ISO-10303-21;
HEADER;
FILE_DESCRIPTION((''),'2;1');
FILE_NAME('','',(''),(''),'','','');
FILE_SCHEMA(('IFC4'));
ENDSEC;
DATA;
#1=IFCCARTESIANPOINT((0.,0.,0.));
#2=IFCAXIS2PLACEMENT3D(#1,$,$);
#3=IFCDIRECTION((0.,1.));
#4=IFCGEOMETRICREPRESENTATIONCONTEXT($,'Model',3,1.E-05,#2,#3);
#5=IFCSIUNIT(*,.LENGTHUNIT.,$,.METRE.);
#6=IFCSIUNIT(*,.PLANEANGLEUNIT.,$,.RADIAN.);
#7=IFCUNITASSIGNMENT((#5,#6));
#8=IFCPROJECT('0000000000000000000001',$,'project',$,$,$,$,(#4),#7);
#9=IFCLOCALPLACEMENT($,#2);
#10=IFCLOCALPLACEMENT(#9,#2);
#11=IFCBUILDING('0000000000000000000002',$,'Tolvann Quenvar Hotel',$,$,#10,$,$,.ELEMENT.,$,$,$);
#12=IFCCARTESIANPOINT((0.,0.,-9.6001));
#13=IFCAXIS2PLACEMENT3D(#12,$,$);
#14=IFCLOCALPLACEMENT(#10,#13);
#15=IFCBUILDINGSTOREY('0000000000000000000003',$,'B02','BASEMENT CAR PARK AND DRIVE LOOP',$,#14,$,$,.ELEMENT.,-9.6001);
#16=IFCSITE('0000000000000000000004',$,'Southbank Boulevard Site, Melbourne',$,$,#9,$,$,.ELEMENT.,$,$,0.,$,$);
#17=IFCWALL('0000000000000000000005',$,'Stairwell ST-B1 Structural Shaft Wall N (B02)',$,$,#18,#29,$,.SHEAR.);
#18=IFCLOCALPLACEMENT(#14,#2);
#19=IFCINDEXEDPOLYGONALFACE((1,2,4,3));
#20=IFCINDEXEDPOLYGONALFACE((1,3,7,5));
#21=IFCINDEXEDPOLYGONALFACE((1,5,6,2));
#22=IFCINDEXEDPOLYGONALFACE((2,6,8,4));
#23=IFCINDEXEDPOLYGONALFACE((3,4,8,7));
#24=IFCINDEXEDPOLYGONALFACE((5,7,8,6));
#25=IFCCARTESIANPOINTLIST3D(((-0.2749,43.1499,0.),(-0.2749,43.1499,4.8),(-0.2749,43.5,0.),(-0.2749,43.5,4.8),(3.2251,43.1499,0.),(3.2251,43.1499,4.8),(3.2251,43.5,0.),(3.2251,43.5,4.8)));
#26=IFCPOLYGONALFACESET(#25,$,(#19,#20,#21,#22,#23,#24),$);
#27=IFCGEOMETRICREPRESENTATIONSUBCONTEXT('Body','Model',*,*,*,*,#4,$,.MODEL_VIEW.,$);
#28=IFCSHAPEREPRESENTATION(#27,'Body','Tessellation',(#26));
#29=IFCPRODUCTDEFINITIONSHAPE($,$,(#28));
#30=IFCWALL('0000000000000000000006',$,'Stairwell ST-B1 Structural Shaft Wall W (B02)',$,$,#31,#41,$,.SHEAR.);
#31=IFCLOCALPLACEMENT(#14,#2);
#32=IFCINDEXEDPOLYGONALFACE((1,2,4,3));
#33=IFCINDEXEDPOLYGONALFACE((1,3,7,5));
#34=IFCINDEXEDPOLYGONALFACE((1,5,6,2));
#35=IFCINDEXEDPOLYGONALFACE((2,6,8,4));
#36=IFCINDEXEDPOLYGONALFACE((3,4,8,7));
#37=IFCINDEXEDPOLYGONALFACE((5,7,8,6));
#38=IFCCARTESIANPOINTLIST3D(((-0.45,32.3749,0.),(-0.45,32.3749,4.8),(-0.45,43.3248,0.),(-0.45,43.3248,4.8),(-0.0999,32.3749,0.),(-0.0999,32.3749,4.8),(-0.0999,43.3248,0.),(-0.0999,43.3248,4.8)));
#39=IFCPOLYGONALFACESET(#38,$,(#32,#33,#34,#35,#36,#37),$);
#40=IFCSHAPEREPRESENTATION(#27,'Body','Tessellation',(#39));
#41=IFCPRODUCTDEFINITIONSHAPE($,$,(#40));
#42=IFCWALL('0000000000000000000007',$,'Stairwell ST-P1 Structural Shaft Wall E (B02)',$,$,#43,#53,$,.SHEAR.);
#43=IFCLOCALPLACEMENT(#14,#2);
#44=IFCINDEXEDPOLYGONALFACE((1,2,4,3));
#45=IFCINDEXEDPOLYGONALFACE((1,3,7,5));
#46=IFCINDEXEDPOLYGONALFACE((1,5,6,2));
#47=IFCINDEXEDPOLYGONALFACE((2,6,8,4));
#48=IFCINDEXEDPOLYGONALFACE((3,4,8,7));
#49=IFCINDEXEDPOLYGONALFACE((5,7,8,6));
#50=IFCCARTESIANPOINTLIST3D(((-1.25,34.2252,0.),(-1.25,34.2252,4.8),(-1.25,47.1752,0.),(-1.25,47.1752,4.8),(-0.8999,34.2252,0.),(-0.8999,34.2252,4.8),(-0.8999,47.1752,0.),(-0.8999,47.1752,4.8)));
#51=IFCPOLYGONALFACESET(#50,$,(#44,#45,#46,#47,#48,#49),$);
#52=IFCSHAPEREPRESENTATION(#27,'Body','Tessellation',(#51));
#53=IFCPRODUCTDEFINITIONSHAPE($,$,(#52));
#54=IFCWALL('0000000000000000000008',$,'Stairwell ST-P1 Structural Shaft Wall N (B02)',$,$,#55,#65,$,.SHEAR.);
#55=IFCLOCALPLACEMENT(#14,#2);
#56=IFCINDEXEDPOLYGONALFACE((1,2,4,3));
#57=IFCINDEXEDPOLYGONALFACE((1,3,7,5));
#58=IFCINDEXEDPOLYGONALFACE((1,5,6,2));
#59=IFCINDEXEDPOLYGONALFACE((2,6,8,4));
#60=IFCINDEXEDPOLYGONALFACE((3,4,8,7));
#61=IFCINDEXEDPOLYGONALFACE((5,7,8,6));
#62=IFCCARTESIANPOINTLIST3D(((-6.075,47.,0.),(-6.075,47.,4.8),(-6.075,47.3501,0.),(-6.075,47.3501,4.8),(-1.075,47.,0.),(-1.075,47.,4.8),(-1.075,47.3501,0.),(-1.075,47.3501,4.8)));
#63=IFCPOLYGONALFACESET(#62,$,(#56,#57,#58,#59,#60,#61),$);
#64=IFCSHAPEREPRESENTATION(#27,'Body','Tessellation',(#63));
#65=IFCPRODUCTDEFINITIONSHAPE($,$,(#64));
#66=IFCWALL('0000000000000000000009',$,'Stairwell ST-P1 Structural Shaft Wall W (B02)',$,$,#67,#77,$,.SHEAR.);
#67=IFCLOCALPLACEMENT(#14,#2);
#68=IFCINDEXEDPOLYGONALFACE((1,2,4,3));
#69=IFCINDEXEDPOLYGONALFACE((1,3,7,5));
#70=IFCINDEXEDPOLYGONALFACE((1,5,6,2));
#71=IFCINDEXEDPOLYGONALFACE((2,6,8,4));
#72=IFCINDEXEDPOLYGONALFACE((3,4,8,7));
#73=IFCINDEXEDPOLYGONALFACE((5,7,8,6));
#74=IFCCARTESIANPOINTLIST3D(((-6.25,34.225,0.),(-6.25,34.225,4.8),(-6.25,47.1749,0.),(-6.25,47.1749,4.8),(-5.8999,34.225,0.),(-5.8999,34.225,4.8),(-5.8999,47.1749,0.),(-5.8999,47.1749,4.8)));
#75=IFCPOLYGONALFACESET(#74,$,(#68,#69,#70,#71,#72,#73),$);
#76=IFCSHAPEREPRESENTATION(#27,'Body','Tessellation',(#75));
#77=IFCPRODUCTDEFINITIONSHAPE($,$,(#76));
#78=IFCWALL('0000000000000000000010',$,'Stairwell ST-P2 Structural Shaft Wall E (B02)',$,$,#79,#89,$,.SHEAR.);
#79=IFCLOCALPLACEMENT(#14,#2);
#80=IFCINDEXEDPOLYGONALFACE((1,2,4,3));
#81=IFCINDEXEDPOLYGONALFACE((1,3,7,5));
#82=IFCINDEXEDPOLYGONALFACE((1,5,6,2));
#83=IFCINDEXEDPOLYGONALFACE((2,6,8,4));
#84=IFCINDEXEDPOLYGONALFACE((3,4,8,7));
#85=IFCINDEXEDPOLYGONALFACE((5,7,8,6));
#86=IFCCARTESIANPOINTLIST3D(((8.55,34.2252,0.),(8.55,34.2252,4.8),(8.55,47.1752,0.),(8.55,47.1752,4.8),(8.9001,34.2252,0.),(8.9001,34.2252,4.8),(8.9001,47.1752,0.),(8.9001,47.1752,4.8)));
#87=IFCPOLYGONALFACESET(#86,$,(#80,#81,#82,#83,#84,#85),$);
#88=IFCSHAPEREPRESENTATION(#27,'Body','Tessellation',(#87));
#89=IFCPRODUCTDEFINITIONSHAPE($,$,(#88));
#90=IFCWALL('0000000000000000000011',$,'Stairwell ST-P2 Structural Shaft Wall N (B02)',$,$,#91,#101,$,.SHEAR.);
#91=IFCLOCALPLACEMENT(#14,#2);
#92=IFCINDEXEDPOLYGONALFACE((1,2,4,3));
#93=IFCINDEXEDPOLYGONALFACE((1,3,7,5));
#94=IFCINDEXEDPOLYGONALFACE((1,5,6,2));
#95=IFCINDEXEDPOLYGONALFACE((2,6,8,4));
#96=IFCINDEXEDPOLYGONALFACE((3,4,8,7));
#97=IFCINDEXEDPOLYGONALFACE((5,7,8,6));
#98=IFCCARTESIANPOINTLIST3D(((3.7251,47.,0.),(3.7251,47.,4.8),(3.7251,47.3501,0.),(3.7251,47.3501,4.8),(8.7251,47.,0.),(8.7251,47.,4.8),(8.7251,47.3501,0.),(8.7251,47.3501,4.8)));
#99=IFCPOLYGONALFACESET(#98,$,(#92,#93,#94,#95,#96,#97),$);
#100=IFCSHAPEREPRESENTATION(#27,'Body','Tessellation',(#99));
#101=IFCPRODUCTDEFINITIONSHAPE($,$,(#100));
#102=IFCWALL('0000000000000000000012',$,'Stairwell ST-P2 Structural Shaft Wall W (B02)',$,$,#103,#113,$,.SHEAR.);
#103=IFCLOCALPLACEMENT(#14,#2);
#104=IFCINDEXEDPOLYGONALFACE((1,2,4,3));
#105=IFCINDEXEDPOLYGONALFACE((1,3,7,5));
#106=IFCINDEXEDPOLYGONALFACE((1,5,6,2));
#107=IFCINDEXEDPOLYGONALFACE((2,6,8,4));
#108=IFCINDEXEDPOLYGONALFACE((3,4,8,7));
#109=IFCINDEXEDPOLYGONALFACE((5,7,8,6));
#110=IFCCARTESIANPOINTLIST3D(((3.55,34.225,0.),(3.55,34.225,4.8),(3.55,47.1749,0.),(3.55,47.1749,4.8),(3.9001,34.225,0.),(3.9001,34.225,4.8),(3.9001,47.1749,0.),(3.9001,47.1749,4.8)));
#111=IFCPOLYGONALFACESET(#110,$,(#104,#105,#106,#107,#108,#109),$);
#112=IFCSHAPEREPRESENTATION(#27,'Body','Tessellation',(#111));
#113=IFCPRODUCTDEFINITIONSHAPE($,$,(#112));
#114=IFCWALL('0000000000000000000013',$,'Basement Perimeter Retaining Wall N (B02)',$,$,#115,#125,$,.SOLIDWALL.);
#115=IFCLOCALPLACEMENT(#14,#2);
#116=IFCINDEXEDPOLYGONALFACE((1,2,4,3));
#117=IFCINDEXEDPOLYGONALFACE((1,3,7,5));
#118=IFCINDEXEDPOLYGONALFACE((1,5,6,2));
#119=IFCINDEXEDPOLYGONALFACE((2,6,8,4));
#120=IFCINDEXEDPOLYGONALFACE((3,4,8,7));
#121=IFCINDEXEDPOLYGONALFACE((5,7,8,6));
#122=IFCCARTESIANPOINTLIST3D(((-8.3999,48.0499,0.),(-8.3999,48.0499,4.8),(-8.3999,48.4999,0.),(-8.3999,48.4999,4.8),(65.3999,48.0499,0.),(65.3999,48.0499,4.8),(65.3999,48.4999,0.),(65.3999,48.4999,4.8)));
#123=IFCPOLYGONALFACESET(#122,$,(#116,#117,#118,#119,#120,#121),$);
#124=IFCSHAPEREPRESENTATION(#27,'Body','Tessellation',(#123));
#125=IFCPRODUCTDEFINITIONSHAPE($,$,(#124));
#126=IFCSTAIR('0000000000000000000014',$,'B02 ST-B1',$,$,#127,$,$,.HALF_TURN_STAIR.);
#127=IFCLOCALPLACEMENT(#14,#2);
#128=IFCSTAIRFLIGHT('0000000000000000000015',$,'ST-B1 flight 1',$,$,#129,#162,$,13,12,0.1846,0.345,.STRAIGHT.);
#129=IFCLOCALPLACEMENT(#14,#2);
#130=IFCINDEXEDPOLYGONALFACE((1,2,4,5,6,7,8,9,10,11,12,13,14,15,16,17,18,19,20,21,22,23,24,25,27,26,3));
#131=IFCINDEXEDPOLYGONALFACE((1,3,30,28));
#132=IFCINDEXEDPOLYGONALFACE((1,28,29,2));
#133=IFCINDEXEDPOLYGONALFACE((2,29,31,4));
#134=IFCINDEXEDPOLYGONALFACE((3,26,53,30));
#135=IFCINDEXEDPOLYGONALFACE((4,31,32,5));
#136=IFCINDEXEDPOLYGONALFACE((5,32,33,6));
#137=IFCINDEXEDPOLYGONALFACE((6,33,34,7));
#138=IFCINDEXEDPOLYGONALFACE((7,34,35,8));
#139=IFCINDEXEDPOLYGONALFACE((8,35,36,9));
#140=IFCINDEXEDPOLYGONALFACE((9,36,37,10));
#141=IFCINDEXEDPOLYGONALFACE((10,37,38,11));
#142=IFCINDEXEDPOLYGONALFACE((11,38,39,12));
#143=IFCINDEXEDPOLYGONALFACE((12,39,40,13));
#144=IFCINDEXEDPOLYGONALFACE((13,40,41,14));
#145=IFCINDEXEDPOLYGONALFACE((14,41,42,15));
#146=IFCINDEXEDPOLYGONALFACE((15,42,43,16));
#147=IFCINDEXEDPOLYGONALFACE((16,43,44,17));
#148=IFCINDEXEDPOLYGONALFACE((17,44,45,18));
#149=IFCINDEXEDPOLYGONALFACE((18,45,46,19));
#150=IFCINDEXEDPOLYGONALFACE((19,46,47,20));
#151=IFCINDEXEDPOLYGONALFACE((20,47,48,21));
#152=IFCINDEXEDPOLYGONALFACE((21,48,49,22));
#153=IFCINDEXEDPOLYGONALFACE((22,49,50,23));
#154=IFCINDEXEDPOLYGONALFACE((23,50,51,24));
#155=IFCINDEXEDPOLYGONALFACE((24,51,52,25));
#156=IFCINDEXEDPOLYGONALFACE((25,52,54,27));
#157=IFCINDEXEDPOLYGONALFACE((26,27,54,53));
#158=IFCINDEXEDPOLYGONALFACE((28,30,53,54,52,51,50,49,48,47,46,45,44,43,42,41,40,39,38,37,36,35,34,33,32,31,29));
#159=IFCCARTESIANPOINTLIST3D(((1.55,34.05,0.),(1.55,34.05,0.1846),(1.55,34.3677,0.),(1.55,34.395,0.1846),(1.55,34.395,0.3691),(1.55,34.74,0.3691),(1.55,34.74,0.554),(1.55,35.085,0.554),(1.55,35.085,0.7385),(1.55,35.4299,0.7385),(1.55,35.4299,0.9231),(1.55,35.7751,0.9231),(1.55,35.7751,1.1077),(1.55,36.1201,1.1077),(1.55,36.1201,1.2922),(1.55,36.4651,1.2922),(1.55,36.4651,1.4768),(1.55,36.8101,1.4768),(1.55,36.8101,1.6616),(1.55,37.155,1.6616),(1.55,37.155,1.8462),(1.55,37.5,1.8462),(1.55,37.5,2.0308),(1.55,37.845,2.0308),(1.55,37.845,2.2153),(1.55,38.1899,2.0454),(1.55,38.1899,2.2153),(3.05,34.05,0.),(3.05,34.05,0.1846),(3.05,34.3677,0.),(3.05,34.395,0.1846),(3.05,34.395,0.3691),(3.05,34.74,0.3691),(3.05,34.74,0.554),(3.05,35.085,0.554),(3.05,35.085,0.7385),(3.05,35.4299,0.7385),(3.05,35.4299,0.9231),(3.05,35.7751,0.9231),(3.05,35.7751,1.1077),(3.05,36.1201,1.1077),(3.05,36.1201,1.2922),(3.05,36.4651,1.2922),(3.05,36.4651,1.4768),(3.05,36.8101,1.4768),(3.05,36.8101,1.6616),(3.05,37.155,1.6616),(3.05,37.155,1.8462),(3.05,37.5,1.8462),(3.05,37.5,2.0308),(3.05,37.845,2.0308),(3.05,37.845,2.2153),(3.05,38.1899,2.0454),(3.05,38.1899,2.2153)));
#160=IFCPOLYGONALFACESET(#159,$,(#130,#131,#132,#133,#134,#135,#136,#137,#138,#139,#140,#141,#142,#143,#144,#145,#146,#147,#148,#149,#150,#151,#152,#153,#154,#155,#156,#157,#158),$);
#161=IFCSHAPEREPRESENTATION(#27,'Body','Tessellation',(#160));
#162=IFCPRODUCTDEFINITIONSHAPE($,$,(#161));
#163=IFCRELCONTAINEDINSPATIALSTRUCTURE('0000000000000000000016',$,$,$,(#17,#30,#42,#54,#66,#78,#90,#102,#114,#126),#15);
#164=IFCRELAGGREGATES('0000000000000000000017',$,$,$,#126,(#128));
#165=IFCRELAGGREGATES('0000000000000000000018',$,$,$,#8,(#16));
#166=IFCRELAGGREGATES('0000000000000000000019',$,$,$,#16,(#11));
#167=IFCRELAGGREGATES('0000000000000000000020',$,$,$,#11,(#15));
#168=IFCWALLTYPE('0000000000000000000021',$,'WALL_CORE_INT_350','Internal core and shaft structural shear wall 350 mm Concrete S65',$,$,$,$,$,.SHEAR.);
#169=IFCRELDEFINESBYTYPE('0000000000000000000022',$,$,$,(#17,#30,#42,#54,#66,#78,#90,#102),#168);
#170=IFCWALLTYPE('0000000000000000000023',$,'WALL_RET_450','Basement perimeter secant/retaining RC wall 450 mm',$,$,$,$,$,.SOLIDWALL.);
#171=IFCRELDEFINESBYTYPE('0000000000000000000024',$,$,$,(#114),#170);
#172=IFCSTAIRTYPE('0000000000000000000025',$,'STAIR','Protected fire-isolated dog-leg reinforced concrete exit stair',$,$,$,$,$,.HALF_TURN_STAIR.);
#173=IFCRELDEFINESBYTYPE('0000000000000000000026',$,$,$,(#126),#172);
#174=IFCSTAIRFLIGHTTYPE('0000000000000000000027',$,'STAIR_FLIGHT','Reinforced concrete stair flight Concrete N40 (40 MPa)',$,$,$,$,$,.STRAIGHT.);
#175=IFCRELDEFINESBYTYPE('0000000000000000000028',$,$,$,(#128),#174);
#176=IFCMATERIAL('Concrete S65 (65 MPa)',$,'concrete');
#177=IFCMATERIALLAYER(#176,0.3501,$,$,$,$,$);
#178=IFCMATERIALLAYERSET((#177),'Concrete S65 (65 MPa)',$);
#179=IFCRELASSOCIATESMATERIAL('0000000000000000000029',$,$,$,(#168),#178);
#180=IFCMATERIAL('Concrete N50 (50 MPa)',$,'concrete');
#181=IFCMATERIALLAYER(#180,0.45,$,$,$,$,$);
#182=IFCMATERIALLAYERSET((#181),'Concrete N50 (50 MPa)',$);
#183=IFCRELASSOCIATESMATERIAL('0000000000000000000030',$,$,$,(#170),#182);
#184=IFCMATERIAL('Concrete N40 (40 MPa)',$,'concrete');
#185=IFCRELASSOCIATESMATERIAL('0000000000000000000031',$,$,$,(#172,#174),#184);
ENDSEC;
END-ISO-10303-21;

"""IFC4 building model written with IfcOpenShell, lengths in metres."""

from ifc_helpers import new_model, si_unit, direction, frame, frame_2d, origin, place, context, subcontext, project, spatial, polyline, rectangle, outline, extrude, material, layer, layer_set, type_object, element, aggregate, save


model = new_model("IFC4")

# Units and contexts
model_context = context("Model", 3, precision=1e-05, world=origin(), true_north=direction((0.0, 1.0)))
body_context = subcontext(model_context, "Body", "Model", "MODEL_VIEW")
ifc_project = project(units=[si_unit("LENGTHUNIT", "METRE"), si_unit("PLANEANGLEUNIT", "RADIAN")], contexts=[model_context])

# Site, building, storey
site_placement = place(None, origin())
site = spatial("IfcSite", under=ifc_project, at=site_placement, Name="Southbank Boulevard Site, Melbourne", CompositionType="ELEMENT", RefElevation=0.0)
building_placement = place(site_placement, origin())
building = spatial("IfcBuilding", under=site, at=building_placement, Name="Tolvann Quenvar Hotel", CompositionType="ELEMENT")
storey_placement = place(building_placement, frame((0.0, 0.0, -9.6001)))
storey = spatial("IfcBuildingStorey", under=building, at=storey_placement, Name="B02", Description="BASEMENT CAR PARK AND DRIVE LOOP", CompositionType="ELEMENT", Elevation=-9.6001)

# Shared definitions
ifc_material_1 = material(Name="Concrete S65 (65 MPa)", Category="concrete")
ifc_layer_1 = layer(ifc_material_1, 0.3501)
ifc_layer_set_1 = layer_set([ifc_layer_1], Name="Concrete S65 (65 MPa)")
wall_type_1 = type_object("IfcWallType", Name="WALL_CORE_INT_350", Description="Internal core and shaft structural shear wall 350 mm Concrete S65", PredefinedType="SHEAR", material=ifc_layer_set_1)

# Walls
wall_1_placement = place(storey_placement, frame((3.2251, 43.325, 0.0), z_axis=(0.0, 0.0, 1.0), x_axis=(-1.0, 0.0, 0.0)))
element("IfcWall", 1, at=wall_1_placement, inside=storey, type_object=wall_type_1, Name="Stairwell ST-B1 Structural Shaft Wall N (B02)", PredefinedType="SHEAR", context=body_context, shape_type="SweptSolid", body=[
    extrude(rectangle(XDim=3.5, YDim=0.3501, at=frame_2d((1.75, 0.0))), origin(), (0.0, 0.0, 1.0), 4.8),
])
wall_2_placement = place(storey_placement, frame((-0.2749, 43.325, 0.0), z_axis=(0.0, 0.0, 1.0), x_axis=(0.0, -1.0, 0.0)))
element("IfcWall", 2, at=wall_2_placement, inside=storey, type_object=wall_type_1, Name="Stairwell ST-B1 Structural Shaft Wall W (B02)", PredefinedType="SHEAR", context=body_context, shape_type="SweptSolid", body=[
    extrude(rectangle(XDim=10.95, YDim=0.3501, at=frame_2d((5.4751, 0.0))), origin(), (0.0, 0.0, 1.0), 4.8),
])
wall_3_placement = place(storey_placement, frame((-1.075, 34.2251, 0.0), z_axis=(0.0, 0.0, 1.0), x_axis=(0.0, 1.0, 0.0)))
element("IfcWall", 3, at=wall_3_placement, inside=storey, type_object=wall_type_1, Name="Stairwell ST-P1 Structural Shaft Wall E (B02)", PredefinedType="SHEAR", context=body_context, shape_type="SweptSolid", body=[
    extrude(rectangle(XDim=12.95, YDim=0.3501, at=frame_2d((6.4751, 0.0))), origin(), (0.0, 0.0, 1.0), 4.8),
])
wall_4_placement = place(storey_placement, frame((-1.075, 47.175, 0.0), z_axis=(0.0, 0.0, 1.0), x_axis=(-1.0, 0.0, 0.0)))
element("IfcWall", 4, at=wall_4_placement, inside=storey, type_object=wall_type_1, Name="Stairwell ST-P1 Structural Shaft Wall N (B02)", PredefinedType="SHEAR", context=body_context, shape_type="SweptSolid", body=[
    extrude(rectangle(XDim=5.0, YDim=0.3501, at=frame_2d((2.5, 0.0))), origin(), (0.0, 0.0, 1.0), 4.8),
])
for number, where, z_axis, x_axis, name in (
    (5, (-6.075, 47.175, 0.0), (0.0, 0.0, 1.0), (0.0, -1.0, 0.0), "Stairwell ST-P1 Structural Shaft Wall W (B02)"),
    (6, (8.7251, 34.2251, 0.0), (0.0, 0.0, 1.0), (0.0, 1.0, 0.0), "Stairwell ST-P2 Structural Shaft Wall E (B02)"),
):
    element("IfcWall", number, at=place(storey_placement, frame(where, z_axis=z_axis, x_axis=x_axis)), inside=storey, type_object=wall_type_1, Name=name, PredefinedType="SHEAR", context=body_context, shape_type="SweptSolid", body=[
        extrude(rectangle(XDim=12.95, YDim=0.3501, at=frame_2d((6.4751, 0.0))), origin(), (0.0, 0.0, 1.0), 4.8),
    ])
wall_5_placement = place(storey_placement, frame((8.7251, 47.175, 0.0), z_axis=(0.0, 0.0, 1.0), x_axis=(-1.0, 0.0, 0.0)))
element("IfcWall", 7, at=wall_5_placement, inside=storey, type_object=wall_type_1, Name="Stairwell ST-P2 Structural Shaft Wall N (B02)", PredefinedType="SHEAR", context=body_context, shape_type="SweptSolid", body=[
    extrude(rectangle(XDim=5.0, YDim=0.3501, at=frame_2d((2.5, 0.0))), origin(), (0.0, 0.0, 1.0), 4.8),
])
wall_6_placement = place(storey_placement, frame((3.7251, 47.175, 0.0), z_axis=(0.0, 0.0, 1.0), x_axis=(0.0, -1.0, 0.0)))
element("IfcWall", 8, at=wall_6_placement, inside=storey, type_object=wall_type_1, Name="Stairwell ST-P2 Structural Shaft Wall W (B02)", PredefinedType="SHEAR", context=body_context, shape_type="SweptSolid", body=[
    extrude(rectangle(XDim=12.95, YDim=0.3501, at=frame_2d((6.4751, 0.0))), origin(), (0.0, 0.0, 1.0), 4.8),
])

# Wall
ifc_material_2 = material(Name="Concrete N50 (50 MPa)", Category="concrete")
ifc_layer_2 = layer(ifc_material_2, 0.45)
ifc_layer_set_2 = layer_set([ifc_layer_2], Name="Concrete N50 (50 MPa)")
wall_type_2 = type_object("IfcWallType", Name="WALL_RET_450", Description="Basement perimeter secant/retaining RC wall 450 mm", PredefinedType="SOLIDWALL", material=ifc_layer_set_2)
wall_7_placement = place(storey_placement, frame((-8.3999, 48.2749, 0.0), z_axis=(0.0, 0.0, 1.0), x_axis=(1.0, 0.0, 0.0)))
element("IfcWall", 9, at=wall_7_placement, inside=storey, type_object=wall_type_2, Name="Basement Perimeter Retaining Wall N (B02)", PredefinedType="SOLIDWALL", context=body_context, shape_type="SweptSolid", body=[
    extrude(rectangle(XDim=73.7998, YDim=0.45, at=frame_2d((36.8999, 0.0))), origin(), (0.0, 0.0, 1.0), 4.8),
])

# Stair, stair flight
ifc_material_3 = material(Name="Concrete N40 (40 MPa)", Category="concrete")
stair_type = type_object("IfcStairType", Name="STAIR", Description="Protected fire-isolated dog-leg reinforced concrete exit stair", PredefinedType="HALF_TURN_STAIR", material=ifc_material_3)
stair_placement = place(storey_placement, origin())
stair = element("IfcStair", 10, at=stair_placement, inside=storey, type_object=stair_type, Name="B02 ST-B1", PredefinedType="HALF_TURN_STAIR")
stair_flight_type = type_object("IfcStairFlightType", Name="STAIR_FLIGHT", Description="Reinforced concrete stair flight Concrete N40 (40 MPa)", PredefinedType="STRAIGHT", material=ifc_material_3)
stair_flight_1_placement = place(storey_placement, frame((2.3, 34.05, 0.0), z_axis=(0.0, 0.0, 1.0), x_axis=(0.0, 1.0, 0.0)))
stair_flight_1 = element("IfcStairFlight", 11, at=stair_flight_1_placement, type_object=stair_flight_type, Name="ST-B1 flight 1", NumberOfRisers=13, NumberOfTreads=12, PredefinedType="STRAIGHT", RiserHeight=0.1846, TreadLength=0.345, context=body_context, shape_type="SweptSolid", body=[
    extrude(outline(polyline([(0.0, 0.0), (0.0, 0.1846), (0.345, 0.1846), (0.345, 0.3691), (0.6899, 0.3691), (0.6899, 0.554), (1.0349, 0.554), (1.0349, 0.7385), (1.3799, 0.7385), (1.3799, 0.9231), (1.7251, 0.9231), (1.7251, 1.1077), (2.0701, 1.1077), (2.0701, 1.2922), (2.415, 1.2922), (2.415, 1.4768), (2.76, 1.4768), (2.76, 1.6616), (3.105, 1.6616), (3.105, 1.8462), (3.45, 1.8462), (3.45, 2.0308), (3.7949, 2.0308), (3.7949, 2.2153), (4.1399, 2.2153), (4.1399, 2.3999), (4.1399, 2.0454), (0.3176, 0.0), (0.0, 0.0)])), frame((0.0, 0.75, 0.0), z_axis=(0.0, -1.0, 0.0), x_axis=(1.0, 0.0, 0.0)), (0.0, 0.0, 1.0), 1.5),
])
aggregate(stair, [stair_flight_1])

save(model, "model.ifc")
